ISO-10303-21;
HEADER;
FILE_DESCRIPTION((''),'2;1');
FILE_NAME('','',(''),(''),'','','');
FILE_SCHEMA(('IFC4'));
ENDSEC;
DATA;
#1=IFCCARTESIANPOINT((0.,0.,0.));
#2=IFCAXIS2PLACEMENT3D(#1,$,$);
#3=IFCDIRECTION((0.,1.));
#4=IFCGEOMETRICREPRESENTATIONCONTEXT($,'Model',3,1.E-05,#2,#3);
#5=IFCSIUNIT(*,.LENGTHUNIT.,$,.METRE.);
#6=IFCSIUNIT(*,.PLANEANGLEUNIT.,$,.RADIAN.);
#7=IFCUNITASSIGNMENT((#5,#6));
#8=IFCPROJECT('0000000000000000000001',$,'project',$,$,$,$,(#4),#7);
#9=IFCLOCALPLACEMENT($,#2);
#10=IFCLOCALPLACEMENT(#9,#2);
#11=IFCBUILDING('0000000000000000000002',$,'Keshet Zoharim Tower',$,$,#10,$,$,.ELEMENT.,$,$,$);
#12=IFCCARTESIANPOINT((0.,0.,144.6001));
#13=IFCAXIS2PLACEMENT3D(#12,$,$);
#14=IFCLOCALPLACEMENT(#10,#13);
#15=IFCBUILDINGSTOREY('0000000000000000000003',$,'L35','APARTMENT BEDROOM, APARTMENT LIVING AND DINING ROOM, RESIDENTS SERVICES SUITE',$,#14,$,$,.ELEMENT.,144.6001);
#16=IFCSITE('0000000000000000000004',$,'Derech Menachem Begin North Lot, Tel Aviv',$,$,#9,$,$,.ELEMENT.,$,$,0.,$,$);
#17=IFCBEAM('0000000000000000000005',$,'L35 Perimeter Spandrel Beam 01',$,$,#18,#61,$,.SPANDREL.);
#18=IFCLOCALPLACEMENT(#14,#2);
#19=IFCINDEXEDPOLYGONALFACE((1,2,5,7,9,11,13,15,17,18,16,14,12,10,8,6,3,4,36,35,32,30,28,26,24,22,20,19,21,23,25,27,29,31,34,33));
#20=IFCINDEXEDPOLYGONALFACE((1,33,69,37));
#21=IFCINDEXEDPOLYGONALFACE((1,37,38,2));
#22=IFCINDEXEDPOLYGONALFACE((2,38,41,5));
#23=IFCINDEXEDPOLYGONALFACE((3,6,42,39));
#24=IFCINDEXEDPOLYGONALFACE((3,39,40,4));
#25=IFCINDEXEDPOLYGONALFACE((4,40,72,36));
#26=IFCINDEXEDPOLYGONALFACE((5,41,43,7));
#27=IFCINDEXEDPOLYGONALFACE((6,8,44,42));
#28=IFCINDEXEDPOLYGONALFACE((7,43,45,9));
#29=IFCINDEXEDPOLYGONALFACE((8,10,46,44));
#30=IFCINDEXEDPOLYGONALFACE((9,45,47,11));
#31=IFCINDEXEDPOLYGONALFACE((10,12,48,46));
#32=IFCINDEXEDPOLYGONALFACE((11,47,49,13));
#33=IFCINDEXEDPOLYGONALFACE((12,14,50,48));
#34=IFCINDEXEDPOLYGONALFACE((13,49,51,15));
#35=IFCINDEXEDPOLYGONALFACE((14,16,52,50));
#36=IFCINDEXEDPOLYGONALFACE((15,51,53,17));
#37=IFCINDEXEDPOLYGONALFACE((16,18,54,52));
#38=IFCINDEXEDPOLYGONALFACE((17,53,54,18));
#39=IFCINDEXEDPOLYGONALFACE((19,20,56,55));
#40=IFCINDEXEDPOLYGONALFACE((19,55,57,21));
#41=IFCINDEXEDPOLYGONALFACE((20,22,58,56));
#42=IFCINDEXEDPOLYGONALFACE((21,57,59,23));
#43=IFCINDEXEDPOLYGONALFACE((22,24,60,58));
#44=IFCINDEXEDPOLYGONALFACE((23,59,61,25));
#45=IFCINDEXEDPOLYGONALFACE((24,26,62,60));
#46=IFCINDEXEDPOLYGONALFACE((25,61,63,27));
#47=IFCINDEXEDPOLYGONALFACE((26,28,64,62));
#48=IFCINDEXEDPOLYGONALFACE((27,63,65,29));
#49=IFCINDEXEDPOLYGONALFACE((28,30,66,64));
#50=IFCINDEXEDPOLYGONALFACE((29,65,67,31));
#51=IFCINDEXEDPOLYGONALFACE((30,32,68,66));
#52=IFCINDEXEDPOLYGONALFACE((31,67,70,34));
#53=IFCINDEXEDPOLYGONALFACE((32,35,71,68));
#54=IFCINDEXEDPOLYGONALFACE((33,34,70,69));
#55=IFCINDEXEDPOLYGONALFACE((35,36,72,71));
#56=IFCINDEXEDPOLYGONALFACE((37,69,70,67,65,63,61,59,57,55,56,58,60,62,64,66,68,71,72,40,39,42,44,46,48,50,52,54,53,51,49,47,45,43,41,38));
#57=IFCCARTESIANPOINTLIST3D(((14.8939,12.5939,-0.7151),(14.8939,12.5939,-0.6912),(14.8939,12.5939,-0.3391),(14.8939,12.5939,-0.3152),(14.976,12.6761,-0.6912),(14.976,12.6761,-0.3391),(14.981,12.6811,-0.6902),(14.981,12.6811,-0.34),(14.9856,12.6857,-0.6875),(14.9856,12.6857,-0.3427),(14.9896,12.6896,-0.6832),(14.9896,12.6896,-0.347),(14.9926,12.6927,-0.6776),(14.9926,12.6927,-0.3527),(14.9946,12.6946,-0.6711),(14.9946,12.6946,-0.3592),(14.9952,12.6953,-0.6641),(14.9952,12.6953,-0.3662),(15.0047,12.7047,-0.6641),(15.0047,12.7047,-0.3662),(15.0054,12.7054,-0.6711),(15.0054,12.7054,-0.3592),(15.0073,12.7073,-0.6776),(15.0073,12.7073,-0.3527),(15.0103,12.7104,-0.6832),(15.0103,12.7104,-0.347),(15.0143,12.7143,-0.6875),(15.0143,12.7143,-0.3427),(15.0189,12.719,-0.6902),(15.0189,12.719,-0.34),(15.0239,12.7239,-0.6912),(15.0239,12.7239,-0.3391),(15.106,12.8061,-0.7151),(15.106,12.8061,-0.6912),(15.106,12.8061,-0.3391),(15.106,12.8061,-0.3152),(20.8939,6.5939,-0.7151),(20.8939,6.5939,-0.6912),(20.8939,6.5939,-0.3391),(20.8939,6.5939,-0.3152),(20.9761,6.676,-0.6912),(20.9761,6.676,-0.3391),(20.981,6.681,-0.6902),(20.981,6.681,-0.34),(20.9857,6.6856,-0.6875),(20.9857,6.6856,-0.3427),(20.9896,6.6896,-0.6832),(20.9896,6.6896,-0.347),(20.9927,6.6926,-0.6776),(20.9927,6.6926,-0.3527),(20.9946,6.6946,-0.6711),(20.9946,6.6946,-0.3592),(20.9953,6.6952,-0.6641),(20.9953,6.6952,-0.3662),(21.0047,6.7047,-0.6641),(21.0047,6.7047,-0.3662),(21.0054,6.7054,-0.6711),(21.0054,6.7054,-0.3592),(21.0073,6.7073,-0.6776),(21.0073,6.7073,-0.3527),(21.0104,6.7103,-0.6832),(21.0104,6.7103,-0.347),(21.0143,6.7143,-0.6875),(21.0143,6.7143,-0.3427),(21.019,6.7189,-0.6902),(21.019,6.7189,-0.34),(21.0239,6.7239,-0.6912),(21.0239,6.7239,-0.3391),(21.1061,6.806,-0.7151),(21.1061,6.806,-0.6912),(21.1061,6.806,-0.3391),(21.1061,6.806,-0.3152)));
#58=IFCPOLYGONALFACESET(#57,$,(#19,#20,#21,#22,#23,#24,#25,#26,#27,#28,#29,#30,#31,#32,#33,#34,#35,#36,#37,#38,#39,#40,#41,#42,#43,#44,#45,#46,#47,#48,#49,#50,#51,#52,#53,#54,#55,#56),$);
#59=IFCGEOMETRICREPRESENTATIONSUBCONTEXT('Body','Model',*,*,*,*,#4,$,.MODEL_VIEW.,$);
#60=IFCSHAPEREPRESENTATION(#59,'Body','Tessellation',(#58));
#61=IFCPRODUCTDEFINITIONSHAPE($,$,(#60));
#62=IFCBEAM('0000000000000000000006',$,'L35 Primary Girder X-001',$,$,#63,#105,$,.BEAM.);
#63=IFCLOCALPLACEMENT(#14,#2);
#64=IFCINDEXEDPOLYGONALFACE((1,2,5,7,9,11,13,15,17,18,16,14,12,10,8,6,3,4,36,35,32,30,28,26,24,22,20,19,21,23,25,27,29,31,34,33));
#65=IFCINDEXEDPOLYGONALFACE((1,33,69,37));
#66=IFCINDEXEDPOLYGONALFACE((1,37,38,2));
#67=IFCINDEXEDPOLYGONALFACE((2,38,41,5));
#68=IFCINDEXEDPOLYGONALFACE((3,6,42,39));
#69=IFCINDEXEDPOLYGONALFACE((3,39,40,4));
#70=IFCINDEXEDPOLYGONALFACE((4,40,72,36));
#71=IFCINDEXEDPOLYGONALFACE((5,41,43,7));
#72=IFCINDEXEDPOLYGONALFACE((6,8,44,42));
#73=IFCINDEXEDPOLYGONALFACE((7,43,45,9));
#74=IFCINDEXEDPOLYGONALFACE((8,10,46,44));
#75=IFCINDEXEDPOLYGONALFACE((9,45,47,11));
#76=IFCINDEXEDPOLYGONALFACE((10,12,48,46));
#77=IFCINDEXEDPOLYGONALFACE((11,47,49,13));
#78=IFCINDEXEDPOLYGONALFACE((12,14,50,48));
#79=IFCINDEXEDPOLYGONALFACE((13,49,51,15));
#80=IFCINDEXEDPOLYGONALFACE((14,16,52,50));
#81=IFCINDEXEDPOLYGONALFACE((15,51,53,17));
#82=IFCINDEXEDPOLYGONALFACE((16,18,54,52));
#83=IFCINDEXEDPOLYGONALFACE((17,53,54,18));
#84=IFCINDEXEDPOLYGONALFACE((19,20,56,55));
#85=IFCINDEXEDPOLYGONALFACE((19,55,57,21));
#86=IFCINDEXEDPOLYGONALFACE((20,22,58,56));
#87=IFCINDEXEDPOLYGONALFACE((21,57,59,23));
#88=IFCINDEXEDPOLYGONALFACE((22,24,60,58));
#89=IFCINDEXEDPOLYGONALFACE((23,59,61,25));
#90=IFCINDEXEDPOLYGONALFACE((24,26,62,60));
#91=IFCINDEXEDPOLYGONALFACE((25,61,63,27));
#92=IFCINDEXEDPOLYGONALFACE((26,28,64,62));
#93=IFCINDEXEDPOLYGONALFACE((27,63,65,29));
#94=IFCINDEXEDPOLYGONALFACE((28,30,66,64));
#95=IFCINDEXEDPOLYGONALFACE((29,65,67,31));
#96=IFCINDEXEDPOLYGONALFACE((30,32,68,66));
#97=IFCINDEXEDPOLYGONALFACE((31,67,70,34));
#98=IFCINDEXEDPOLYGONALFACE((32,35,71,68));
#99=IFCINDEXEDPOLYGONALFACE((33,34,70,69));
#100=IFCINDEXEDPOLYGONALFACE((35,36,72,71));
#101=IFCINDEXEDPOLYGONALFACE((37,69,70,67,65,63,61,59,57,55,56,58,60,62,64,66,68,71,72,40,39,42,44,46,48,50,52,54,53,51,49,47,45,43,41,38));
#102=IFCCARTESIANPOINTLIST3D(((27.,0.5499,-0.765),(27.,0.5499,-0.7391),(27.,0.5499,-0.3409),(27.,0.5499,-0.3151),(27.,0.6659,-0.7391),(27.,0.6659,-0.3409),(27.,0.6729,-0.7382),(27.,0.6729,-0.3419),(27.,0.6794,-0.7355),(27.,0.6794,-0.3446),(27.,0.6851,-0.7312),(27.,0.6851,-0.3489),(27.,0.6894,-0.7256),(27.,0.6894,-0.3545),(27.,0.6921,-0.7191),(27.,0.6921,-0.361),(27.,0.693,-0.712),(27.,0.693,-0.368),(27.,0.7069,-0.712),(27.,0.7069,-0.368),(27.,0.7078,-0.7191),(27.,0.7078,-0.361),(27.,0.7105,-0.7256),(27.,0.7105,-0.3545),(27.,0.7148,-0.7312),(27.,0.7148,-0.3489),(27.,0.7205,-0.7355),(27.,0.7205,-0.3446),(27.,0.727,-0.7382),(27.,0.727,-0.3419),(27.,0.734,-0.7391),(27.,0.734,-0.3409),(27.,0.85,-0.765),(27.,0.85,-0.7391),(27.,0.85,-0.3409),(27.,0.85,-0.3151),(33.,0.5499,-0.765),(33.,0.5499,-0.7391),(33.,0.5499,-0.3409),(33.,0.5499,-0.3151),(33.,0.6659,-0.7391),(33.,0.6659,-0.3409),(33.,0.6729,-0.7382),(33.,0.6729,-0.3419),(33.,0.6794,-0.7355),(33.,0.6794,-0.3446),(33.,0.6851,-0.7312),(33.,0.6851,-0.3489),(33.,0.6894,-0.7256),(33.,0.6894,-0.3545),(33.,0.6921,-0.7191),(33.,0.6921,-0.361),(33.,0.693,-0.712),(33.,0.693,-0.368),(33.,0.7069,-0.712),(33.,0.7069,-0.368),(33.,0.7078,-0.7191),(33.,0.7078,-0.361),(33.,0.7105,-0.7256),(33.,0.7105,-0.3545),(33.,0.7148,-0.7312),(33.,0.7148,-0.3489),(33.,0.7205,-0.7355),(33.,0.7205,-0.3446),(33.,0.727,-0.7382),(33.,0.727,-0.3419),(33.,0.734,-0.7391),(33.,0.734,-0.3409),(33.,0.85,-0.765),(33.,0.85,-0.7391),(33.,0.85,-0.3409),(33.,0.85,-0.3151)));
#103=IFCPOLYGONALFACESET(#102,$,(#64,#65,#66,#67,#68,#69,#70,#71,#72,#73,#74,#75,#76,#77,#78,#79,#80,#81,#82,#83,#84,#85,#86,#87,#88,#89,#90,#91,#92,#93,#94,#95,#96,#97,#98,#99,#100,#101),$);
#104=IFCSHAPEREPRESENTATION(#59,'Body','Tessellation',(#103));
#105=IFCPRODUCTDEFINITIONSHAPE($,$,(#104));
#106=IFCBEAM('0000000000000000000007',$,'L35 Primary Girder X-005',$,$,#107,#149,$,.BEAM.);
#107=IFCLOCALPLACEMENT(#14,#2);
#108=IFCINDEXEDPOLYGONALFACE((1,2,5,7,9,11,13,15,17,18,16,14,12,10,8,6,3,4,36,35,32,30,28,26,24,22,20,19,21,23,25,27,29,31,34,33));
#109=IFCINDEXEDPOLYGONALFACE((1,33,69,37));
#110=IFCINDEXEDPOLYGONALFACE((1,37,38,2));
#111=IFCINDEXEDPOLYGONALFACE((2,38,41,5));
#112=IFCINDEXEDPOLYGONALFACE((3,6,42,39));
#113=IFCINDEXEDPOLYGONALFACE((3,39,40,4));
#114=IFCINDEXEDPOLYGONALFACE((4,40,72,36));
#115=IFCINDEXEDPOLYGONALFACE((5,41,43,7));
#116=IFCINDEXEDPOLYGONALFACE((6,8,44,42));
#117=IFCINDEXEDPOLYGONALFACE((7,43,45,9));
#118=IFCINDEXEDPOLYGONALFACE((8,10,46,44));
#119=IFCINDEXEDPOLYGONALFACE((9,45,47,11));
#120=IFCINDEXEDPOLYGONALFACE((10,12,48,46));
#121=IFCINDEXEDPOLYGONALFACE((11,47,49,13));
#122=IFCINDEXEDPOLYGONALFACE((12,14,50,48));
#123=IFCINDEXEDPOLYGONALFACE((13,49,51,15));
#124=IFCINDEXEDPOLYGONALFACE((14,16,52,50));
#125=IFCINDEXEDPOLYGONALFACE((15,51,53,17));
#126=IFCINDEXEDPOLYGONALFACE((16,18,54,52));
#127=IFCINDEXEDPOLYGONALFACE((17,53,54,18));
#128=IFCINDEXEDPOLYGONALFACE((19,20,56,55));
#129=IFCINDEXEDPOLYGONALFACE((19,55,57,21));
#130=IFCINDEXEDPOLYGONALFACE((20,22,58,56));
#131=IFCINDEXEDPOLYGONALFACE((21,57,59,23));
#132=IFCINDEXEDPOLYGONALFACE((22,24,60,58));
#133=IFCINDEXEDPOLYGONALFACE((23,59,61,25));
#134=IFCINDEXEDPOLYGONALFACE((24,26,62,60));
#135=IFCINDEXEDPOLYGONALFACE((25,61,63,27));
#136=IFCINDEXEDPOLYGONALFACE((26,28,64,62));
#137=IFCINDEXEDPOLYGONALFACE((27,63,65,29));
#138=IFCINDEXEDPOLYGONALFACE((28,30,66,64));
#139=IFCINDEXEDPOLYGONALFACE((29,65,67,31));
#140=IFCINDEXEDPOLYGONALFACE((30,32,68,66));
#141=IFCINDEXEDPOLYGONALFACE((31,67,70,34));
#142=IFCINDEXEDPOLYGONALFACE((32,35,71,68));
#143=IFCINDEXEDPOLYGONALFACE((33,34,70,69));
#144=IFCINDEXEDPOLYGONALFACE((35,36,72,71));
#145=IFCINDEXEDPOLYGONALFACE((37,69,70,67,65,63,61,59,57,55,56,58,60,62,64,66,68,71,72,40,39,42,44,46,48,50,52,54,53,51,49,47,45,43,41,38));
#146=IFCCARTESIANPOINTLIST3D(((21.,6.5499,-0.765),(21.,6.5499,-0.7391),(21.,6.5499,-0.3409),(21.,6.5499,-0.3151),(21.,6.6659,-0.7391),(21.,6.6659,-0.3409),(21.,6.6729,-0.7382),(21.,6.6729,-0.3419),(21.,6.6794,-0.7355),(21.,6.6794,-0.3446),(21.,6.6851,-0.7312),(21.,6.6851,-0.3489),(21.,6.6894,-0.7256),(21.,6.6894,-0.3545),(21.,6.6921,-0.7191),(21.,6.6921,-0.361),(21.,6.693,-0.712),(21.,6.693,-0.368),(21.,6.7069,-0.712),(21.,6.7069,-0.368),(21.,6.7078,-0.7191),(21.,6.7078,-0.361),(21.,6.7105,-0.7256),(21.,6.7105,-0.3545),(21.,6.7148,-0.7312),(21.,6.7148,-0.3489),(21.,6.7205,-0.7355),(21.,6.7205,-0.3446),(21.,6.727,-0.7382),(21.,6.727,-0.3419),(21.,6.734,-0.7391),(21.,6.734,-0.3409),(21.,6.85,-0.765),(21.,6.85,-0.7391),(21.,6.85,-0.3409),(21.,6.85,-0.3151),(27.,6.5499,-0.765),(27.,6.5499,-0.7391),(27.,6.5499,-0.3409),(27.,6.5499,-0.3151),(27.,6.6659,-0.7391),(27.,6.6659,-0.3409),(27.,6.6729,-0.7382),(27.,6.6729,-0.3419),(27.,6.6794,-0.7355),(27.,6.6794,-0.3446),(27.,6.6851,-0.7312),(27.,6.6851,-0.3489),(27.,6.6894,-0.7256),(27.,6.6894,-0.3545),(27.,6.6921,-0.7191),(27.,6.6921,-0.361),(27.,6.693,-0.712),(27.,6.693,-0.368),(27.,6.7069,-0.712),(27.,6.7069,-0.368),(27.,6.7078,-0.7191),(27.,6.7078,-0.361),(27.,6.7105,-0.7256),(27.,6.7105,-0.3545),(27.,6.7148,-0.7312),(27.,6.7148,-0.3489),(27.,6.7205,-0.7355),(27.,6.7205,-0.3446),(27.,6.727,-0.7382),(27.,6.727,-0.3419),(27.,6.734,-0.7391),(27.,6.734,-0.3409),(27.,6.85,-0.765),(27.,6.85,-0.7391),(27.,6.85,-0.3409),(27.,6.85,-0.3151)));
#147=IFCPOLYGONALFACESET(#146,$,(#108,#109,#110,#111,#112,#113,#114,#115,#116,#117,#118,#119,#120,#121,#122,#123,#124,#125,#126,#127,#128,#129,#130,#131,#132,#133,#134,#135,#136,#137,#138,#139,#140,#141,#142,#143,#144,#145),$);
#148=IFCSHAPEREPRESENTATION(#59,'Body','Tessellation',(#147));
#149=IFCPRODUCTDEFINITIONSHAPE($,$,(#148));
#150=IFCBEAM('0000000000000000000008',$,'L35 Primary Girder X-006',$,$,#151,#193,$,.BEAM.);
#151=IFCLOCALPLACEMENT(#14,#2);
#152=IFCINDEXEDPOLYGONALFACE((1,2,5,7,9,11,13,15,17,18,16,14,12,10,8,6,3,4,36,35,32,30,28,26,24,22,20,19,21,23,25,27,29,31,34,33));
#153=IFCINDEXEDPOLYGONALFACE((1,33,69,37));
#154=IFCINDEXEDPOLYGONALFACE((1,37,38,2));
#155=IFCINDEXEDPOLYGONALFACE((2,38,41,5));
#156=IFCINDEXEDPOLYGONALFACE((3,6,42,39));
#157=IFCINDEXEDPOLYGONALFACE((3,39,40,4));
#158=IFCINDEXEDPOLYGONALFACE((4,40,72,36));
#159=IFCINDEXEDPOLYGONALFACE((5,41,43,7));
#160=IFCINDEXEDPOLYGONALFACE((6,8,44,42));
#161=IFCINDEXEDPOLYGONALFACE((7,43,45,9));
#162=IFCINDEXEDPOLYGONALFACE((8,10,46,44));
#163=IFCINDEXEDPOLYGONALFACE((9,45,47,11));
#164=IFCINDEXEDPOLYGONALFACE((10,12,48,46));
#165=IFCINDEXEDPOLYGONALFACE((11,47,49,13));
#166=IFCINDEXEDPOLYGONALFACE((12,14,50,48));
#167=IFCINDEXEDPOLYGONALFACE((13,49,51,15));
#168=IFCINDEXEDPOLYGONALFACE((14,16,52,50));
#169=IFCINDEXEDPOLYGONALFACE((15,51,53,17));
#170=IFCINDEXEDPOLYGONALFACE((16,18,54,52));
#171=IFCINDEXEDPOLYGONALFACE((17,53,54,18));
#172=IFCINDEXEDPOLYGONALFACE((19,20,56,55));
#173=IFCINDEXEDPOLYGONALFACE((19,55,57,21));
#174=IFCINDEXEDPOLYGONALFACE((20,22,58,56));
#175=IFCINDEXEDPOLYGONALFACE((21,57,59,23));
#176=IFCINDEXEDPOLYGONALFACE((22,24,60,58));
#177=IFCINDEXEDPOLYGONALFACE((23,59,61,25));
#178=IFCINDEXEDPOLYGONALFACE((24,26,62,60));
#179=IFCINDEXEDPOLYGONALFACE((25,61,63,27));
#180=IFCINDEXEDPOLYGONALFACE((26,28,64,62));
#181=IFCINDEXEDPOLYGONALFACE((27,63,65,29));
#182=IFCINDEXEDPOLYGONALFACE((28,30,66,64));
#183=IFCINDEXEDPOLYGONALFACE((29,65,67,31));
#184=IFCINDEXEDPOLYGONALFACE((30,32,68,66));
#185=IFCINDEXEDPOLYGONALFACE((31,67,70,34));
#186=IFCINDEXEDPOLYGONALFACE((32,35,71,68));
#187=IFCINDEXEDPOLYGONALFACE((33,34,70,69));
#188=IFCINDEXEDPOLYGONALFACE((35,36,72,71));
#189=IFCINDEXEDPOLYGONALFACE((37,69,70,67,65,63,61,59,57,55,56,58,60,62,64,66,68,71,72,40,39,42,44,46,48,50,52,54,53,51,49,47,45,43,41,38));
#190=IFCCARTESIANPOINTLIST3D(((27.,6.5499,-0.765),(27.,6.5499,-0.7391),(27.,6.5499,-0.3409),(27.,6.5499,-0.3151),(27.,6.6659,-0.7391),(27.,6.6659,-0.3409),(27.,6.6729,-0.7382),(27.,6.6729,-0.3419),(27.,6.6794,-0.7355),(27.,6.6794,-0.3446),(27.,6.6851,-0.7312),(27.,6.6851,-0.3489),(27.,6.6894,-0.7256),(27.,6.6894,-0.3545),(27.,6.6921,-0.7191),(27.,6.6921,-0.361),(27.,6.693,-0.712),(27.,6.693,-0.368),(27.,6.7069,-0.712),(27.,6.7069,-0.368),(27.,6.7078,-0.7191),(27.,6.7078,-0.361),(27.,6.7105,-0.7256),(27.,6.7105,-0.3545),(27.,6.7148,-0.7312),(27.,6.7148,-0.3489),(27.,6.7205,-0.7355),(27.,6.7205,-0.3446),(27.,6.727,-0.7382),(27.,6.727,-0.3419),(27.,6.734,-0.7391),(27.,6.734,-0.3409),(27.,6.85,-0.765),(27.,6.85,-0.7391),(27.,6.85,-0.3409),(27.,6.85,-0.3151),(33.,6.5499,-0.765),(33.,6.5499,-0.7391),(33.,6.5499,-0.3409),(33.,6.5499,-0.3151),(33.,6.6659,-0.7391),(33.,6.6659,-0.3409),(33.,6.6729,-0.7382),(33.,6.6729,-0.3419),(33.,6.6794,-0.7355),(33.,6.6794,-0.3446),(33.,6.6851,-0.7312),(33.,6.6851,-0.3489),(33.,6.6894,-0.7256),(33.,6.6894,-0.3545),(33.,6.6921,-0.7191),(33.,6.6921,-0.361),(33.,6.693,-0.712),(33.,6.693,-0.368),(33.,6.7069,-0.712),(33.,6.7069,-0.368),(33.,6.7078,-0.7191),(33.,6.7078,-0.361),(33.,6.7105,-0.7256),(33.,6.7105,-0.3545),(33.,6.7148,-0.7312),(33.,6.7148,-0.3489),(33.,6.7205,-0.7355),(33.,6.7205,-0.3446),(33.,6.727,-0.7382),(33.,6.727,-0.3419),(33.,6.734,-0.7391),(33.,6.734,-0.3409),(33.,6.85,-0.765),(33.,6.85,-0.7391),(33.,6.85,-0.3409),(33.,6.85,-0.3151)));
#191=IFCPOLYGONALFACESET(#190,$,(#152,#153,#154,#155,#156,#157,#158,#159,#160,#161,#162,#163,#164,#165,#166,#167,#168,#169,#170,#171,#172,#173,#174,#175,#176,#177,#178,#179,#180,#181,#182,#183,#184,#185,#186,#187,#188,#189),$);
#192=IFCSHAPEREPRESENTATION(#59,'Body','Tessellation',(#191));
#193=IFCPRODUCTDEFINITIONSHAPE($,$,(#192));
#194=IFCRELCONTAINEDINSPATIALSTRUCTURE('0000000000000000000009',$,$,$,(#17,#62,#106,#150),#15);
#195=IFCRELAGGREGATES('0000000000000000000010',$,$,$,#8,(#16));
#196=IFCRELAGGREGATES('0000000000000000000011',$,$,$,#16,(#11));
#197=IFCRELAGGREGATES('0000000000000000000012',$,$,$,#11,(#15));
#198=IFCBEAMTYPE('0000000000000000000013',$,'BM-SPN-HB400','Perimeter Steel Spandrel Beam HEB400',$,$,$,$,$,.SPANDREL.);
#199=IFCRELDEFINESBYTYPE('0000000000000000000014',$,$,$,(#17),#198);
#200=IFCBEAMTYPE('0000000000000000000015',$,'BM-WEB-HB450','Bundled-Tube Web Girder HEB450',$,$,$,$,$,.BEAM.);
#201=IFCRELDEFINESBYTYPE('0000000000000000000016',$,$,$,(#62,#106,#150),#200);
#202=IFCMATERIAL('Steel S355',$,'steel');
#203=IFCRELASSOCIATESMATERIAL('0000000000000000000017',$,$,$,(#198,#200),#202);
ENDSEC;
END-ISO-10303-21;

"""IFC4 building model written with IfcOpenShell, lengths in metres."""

from ifc_helpers import new_model, si_unit, direction, frame, origin, origin_2d, place, context, subcontext, project, spatial, i_section, extrude, material, material_profile, profile_set, type_object, element, save


model = new_model("IFC4")

# Units and contexts
model_context = context("Model", 3, precision=1e-05, world=origin(), true_north=direction((0.0, 1.0)))
body_context = subcontext(model_context, "Body", "Model", "MODEL_VIEW")
ifc_project = project(units=[si_unit("LENGTHUNIT", "METRE"), si_unit("PLANEANGLEUNIT", "RADIAN")], contexts=[model_context])

# Site, building, storey
site_placement = place(None, origin())
site = spatial("IfcSite", under=ifc_project, at=site_placement, Name="Derech Menachem Begin North Lot, Tel Aviv", CompositionType="ELEMENT", RefElevation=0.0)
building_placement = place(site_placement, origin())
building = spatial("IfcBuilding", under=site, at=building_placement, Name="Keshet Zoharim Tower", CompositionType="ELEMENT")
storey_placement = place(building_placement, frame((0.0, 0.0, 144.6001)))
storey = spatial("IfcBuildingStorey", under=building, at=storey_placement, Name="L35", Description="APARTMENT BEDROOM, APARTMENT LIVING AND DINING ROOM, RESIDENTS SERVICES SUITE", CompositionType="ELEMENT", Elevation=144.6001)

# Shared definitions
ifc_material_1 = material(Name="Steel S355", Category="steel")

# Beams
ifc_material_profile_1 = material_profile(ifc_material_1, i_section(OverallWidth=0.3, OverallDepth=0.3999, WebThickness=0.0134, FlangeThickness=0.0239, FilletRadius=0.0271, at=origin_2d()), Name="HEB400")
ifc_profile_set_1 = profile_set([ifc_material_profile_1], Name="Steel S355")
beam_type_1 = type_object("IfcBeamType", Name="BM-SPN-HB400", Description="Perimeter Steel Spandrel Beam HEB400", PredefinedType="SPANDREL", material=ifc_profile_set_1)
beam_1_placement = place(storey_placement, frame((21.0, 6.7, -0.5151), z_axis=(-0.707107, 0.707107, 0.0), x_axis=(-0.707107, -0.707107, 0.0)))
element("IfcBeam", 1, at=beam_1_placement, inside=storey, type_object=beam_type_1, Name="L35 Perimeter Spandrel Beam 01", PredefinedType="SPANDREL", context=body_context, shape_type="SweptSolid", body=[
    extrude(i_section(OverallWidth=0.3, OverallDepth=0.3999, WebThickness=0.0134, FlangeThickness=0.0239, FilletRadius=0.0271, at=origin_2d()), origin(), (0.0, 0.0, 1.0), 8.4854),
])
ifc_material_profile_2 = material_profile(ifc_material_1, i_section(OverallWidth=0.3, OverallDepth=0.45, WebThickness=0.0139, FlangeThickness=0.0259, FilletRadius=0.0271, at=origin_2d()), Name="HEB450")
ifc_profile_set_2 = profile_set([ifc_material_profile_2], Name="Steel S355")
beam_type_2 = type_object("IfcBeamType", Name="BM-WEB-HB450", Description="Bundled-Tube Web Girder HEB450", PredefinedType="BEAM", material=ifc_profile_set_2)
for number, where, z_axis, x_axis, name in (
    (2, (27.0, 0.7, -0.54), (1.0, 0.0, 0.0), (0.0, 1.0, 0.0), "L35 Primary Girder X-001"),
    (3, (21.0, 6.7, -0.54), (1.0, 0.0, 0.0), (0.0, 1.0, 0.0), "L35 Primary Girder X-005"),
    (4, (27.0, 6.7, -0.54), (1.0, 0.0, 0.0), (0.0, 1.0, 0.0), "L35 Primary Girder X-006"),
):
    element("IfcBeam", number, at=place(storey_placement, frame(where, z_axis=z_axis, x_axis=x_axis)), inside=storey, type_object=beam_type_2, Name=name, PredefinedType="BEAM", context=body_context, shape_type="SweptSolid", body=[
        extrude(i_section(OverallWidth=0.3, OverallDepth=0.45, WebThickness=0.0139, FlangeThickness=0.0259, FilletRadius=0.0271, at=origin_2d()), origin(), (0.0, 0.0, 1.0), 6.0),
    ])

save(model, "model.ifc")
